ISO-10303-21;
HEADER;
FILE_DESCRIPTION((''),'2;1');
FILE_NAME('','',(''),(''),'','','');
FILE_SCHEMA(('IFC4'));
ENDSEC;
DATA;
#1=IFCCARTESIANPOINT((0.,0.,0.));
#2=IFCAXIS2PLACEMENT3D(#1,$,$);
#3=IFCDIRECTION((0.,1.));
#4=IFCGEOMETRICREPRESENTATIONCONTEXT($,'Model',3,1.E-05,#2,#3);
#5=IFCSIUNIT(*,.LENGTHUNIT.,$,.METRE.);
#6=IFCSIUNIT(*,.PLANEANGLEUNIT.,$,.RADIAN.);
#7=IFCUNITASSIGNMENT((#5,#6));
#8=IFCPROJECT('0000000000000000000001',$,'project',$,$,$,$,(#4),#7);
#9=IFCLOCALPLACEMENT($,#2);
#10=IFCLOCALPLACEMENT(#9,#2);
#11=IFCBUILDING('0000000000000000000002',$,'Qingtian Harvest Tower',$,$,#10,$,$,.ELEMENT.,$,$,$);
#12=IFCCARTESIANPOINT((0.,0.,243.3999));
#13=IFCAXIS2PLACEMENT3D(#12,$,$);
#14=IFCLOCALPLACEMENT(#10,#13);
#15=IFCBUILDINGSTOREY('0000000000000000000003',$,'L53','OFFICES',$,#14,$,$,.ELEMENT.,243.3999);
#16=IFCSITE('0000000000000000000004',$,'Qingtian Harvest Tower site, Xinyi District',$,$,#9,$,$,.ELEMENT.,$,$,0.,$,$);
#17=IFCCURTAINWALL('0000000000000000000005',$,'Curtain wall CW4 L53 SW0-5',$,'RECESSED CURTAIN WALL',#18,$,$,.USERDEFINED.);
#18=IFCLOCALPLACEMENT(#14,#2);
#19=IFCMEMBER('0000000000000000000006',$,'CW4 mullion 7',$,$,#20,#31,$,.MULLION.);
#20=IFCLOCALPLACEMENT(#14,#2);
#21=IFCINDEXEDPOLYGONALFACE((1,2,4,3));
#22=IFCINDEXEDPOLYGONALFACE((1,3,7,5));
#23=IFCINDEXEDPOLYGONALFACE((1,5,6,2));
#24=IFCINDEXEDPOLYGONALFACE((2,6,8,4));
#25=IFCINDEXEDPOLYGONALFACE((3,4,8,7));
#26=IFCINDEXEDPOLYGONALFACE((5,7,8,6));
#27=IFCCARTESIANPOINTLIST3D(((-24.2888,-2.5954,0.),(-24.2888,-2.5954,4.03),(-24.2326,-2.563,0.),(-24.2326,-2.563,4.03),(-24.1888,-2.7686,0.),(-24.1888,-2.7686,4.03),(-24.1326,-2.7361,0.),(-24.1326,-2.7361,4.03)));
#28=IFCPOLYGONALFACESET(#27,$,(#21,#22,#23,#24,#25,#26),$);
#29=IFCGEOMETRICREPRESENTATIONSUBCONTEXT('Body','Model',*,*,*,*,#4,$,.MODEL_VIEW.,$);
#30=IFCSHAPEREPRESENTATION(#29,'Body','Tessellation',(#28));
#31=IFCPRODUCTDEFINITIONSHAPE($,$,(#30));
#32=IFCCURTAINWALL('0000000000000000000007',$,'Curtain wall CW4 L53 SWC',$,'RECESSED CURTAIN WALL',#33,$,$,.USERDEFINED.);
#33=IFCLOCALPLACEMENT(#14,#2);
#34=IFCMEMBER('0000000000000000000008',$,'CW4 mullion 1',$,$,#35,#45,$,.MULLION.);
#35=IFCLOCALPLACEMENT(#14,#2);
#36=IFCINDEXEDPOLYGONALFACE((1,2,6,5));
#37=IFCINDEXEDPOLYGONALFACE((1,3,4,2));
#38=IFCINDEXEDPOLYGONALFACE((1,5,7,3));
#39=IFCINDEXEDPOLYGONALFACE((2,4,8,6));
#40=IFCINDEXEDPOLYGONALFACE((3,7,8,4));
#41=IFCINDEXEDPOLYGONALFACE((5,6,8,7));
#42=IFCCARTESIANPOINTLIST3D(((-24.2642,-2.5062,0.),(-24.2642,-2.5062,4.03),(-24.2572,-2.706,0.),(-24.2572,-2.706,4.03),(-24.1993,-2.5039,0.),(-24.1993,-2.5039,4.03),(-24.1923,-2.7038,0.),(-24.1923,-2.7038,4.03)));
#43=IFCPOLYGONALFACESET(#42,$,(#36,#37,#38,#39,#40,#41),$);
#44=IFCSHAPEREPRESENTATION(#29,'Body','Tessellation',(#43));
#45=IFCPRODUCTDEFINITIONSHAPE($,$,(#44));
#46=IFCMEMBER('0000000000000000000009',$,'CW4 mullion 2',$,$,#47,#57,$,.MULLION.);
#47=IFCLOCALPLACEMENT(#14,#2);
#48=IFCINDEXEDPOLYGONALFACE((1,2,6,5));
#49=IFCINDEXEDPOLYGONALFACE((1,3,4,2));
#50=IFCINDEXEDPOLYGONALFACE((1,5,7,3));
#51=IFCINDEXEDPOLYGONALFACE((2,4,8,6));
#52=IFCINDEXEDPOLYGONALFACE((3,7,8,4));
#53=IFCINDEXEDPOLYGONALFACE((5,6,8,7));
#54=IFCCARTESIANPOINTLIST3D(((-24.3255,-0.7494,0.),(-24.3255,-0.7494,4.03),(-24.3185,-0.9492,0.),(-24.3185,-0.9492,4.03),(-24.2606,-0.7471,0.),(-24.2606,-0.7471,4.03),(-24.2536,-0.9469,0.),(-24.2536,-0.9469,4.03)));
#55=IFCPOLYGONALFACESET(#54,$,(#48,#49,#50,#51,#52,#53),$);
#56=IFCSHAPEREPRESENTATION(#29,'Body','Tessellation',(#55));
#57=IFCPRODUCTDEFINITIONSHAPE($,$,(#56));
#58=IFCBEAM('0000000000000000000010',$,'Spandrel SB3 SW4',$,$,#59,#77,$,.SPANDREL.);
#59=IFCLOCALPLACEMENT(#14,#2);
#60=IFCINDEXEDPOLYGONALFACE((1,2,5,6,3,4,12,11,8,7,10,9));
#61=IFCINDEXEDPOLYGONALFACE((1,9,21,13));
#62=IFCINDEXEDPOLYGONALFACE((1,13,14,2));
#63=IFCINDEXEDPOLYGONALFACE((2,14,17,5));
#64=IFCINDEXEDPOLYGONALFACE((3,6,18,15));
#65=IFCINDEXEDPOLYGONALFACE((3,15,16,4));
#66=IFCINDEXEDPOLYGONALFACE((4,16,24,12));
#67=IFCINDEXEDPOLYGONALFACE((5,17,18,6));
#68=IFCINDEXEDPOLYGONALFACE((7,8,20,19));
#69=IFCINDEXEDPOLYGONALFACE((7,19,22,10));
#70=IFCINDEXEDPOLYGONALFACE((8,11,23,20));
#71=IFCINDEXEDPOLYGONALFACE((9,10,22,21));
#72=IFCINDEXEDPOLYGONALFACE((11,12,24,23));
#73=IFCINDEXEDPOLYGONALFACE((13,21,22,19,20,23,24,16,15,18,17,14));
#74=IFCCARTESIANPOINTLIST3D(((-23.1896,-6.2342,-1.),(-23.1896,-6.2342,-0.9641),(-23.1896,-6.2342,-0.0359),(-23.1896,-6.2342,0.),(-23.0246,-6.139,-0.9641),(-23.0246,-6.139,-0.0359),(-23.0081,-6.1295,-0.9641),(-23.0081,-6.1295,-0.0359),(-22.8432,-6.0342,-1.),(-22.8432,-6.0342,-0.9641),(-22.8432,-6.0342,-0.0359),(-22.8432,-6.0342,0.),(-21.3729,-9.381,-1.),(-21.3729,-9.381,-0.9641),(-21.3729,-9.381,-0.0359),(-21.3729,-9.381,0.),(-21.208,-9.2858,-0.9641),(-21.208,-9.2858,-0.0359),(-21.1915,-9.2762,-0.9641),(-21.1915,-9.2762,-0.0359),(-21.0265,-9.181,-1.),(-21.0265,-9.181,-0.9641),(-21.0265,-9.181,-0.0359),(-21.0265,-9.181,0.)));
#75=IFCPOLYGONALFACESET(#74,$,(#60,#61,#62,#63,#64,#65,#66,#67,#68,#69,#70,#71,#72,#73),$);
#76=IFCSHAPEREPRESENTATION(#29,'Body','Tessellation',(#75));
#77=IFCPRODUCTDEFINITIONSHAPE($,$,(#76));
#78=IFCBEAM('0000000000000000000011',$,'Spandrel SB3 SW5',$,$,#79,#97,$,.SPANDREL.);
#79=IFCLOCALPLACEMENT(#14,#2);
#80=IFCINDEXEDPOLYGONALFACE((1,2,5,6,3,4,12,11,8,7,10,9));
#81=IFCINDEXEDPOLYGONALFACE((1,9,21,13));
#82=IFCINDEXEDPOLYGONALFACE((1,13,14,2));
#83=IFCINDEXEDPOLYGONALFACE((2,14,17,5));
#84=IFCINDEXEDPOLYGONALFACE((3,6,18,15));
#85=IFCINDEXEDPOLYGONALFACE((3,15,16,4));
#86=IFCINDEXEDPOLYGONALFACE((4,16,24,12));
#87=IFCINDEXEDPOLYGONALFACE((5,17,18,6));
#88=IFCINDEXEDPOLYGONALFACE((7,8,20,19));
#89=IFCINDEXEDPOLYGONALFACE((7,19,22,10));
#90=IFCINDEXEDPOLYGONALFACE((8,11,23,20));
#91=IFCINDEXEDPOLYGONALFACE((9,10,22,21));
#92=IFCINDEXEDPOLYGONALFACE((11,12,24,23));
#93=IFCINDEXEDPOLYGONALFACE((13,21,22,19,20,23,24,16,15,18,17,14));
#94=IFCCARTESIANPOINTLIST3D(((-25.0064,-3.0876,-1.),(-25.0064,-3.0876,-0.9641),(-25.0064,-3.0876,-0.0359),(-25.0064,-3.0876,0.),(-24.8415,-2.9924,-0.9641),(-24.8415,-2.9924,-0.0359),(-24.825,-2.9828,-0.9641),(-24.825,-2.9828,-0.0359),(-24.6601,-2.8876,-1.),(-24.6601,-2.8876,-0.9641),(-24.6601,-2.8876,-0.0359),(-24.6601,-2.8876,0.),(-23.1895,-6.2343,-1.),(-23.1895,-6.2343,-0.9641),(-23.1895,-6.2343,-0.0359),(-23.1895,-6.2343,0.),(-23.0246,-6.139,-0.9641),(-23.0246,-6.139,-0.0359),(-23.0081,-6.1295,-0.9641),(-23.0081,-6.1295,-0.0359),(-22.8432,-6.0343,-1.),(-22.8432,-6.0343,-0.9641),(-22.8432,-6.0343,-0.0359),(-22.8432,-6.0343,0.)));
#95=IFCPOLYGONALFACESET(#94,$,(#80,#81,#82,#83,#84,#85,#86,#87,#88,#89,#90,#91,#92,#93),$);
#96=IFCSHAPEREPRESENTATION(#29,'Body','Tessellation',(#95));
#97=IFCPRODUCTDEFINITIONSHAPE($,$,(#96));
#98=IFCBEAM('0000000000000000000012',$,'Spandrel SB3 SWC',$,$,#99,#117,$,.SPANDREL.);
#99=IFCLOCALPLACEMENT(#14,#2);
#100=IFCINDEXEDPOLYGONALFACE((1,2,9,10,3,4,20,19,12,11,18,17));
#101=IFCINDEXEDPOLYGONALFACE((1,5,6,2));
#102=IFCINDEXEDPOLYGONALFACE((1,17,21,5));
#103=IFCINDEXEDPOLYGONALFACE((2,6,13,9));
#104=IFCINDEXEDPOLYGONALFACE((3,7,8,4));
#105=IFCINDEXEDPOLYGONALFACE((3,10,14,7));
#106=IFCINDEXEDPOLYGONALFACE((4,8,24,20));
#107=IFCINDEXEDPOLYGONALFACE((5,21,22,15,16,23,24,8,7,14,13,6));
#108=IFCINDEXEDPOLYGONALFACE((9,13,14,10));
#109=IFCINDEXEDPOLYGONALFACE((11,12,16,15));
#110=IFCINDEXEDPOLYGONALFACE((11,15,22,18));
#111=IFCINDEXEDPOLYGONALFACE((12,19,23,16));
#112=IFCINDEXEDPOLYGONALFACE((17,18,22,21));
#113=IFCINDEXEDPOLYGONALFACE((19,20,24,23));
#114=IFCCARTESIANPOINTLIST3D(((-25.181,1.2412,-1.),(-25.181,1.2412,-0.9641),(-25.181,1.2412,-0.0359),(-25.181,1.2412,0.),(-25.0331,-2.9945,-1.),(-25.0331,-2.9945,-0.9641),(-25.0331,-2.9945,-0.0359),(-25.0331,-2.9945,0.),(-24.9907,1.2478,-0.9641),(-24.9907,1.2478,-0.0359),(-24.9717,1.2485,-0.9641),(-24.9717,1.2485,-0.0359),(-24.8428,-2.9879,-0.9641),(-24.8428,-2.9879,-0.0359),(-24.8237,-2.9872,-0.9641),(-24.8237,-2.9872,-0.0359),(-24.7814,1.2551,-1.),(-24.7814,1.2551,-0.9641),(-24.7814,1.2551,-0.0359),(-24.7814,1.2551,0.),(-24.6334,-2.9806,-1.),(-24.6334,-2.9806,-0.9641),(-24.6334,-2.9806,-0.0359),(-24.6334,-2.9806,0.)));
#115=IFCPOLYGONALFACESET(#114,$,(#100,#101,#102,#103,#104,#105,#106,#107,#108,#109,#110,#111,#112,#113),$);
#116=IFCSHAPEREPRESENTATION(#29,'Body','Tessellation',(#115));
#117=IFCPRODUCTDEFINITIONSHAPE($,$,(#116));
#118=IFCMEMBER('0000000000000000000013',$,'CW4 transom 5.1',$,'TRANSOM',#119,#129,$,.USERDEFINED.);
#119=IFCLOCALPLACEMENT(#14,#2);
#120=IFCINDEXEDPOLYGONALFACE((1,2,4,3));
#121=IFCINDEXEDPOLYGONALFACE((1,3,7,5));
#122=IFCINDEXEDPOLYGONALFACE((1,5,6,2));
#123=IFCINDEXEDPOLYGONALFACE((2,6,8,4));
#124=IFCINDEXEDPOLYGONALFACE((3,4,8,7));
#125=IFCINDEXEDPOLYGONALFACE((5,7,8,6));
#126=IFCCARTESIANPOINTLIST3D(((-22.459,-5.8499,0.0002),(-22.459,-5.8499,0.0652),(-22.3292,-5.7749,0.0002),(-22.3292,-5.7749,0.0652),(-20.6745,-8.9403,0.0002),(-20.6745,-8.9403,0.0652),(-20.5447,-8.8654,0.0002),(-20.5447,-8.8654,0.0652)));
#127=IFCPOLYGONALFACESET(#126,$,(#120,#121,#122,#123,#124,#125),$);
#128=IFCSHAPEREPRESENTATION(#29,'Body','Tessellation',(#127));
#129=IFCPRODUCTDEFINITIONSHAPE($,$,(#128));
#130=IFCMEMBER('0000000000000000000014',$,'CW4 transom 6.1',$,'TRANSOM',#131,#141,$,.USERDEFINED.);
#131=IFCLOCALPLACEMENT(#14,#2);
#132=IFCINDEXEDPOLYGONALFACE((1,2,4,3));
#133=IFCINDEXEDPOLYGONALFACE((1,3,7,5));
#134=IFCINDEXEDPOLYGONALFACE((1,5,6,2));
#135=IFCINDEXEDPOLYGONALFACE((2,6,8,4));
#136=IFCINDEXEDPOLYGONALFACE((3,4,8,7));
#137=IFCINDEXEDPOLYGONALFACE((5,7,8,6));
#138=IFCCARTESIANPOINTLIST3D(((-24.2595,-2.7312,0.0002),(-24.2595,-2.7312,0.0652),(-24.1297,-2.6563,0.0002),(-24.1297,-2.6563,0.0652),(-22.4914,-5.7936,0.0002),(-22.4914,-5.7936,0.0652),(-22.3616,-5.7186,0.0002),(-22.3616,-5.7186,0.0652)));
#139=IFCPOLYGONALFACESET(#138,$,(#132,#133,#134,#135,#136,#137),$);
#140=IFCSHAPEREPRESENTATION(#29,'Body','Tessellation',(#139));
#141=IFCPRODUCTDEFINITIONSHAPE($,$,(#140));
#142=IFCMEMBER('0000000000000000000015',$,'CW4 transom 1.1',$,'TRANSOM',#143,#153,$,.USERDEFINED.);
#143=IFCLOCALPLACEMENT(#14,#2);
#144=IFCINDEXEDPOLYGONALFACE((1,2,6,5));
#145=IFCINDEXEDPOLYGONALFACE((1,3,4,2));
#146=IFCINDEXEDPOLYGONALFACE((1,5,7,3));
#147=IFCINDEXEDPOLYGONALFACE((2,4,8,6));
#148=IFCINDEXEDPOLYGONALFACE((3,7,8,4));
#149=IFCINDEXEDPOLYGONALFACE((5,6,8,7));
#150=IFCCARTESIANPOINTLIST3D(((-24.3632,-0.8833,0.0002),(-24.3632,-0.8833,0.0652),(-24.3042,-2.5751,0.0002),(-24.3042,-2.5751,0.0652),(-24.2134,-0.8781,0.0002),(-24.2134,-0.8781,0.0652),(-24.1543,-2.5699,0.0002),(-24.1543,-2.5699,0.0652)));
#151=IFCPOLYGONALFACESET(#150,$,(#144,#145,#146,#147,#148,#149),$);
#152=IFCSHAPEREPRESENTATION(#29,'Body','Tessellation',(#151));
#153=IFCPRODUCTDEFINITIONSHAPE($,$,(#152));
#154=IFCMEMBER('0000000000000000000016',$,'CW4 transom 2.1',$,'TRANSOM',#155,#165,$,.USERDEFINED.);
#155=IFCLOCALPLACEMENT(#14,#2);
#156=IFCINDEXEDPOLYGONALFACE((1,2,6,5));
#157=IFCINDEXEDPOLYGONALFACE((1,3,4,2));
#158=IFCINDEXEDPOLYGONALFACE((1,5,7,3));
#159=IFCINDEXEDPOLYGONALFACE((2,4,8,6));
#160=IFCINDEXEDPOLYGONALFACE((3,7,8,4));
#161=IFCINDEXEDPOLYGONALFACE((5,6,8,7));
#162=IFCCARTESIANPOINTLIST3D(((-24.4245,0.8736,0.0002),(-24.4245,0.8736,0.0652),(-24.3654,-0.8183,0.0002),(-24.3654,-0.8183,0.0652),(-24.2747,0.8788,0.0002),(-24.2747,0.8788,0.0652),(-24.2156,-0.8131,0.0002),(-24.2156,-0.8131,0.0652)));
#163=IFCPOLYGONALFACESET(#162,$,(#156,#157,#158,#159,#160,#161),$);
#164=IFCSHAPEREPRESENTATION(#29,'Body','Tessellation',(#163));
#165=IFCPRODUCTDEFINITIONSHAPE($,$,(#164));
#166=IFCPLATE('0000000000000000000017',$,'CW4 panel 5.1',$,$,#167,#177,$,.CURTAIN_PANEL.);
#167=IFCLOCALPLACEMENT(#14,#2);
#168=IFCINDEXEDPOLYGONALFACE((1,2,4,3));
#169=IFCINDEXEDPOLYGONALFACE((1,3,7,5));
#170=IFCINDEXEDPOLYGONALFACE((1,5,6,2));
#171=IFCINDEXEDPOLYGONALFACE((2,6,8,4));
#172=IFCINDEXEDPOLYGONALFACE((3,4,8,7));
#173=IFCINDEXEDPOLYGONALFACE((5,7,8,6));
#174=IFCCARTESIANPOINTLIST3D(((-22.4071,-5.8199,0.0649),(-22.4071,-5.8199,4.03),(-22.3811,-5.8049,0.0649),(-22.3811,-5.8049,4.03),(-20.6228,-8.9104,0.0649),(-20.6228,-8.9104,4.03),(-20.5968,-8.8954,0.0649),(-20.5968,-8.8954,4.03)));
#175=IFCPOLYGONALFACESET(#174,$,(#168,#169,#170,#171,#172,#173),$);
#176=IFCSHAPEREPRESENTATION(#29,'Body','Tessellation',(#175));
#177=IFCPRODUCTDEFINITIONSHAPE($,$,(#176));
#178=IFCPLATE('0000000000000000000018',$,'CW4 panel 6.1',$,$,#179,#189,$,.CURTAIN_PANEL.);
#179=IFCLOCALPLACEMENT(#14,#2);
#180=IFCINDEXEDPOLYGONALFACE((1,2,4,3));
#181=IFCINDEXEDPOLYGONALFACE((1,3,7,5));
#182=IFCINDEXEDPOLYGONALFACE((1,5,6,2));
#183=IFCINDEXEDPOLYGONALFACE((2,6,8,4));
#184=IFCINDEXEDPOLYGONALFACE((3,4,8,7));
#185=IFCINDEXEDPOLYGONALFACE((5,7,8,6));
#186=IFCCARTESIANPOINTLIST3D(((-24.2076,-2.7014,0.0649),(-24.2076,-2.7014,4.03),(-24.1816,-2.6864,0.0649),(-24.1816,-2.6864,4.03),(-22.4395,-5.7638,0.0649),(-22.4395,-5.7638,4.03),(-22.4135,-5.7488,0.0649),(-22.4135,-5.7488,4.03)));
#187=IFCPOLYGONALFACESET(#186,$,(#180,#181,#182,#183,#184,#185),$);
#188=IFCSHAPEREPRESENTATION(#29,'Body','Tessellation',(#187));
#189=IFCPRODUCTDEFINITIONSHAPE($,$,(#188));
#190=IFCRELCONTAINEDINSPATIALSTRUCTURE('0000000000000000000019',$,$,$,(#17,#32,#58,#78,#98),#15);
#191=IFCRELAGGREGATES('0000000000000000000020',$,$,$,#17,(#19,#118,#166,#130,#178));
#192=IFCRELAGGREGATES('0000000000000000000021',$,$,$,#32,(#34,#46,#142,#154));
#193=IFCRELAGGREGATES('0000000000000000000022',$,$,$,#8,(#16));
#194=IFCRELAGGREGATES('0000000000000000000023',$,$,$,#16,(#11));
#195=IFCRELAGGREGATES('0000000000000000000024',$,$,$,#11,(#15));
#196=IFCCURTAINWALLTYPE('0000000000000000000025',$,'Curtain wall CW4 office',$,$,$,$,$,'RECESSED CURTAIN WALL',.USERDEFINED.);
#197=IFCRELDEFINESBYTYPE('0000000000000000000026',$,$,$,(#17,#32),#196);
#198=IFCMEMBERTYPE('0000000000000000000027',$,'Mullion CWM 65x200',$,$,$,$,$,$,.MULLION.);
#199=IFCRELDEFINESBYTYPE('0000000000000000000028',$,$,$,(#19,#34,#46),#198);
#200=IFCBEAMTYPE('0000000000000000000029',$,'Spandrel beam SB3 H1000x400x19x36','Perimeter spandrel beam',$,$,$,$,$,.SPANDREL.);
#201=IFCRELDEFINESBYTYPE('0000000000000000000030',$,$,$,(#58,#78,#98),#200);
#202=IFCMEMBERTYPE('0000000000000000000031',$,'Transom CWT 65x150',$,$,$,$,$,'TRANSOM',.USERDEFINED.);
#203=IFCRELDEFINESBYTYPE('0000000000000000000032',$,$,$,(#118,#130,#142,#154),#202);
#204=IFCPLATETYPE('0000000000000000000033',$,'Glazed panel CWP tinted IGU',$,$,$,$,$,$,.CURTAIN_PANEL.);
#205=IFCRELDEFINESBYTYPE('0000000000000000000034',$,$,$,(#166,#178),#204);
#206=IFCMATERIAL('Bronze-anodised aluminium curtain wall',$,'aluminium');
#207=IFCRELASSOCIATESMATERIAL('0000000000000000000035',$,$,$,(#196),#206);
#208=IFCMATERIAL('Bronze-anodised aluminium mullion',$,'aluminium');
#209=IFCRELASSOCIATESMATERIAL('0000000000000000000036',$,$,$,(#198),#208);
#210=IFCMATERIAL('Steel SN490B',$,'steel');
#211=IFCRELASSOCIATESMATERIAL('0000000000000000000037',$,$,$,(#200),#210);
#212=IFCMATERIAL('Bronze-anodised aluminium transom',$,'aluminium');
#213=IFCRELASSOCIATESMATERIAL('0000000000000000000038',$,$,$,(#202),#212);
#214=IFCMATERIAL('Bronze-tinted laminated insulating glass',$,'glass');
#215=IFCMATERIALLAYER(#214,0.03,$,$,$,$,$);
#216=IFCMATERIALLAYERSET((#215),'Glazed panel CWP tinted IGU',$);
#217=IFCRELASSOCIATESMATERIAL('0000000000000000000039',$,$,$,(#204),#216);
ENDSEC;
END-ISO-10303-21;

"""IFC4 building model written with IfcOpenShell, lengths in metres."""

from ifc_helpers import new_model, si_unit, direction, frame, origin, origin_2d, place, context, subcontext, project, spatial, rectangle, i_section, extrude, material, layer, layer_set, material_profile, profile_set, type_object, element, aggregate, save


model = new_model("IFC4")

# Units and contexts
model_context = context("Model", 3, precision=1e-05, world=origin(), true_north=direction((0.0, 1.0)))
body_context = subcontext(model_context, "Body", "Model", "MODEL_VIEW")
ifc_project = project(units=[si_unit("LENGTHUNIT", "METRE"), si_unit("PLANEANGLEUNIT", "RADIAN")], contexts=[model_context])

# Site, building, storey
site_placement = place(None, origin())
site = spatial("IfcSite", under=ifc_project, at=site_placement, Name="Qingtian Harvest Tower site, Xinyi District", CompositionType="ELEMENT", RefElevation=0.0)
building_placement = place(site_placement, origin())
building = spatial("IfcBuilding", under=site, at=building_placement, Name="Qingtian Harvest Tower", CompositionType="ELEMENT")
storey_placement = place(building_placement, frame((0.0, 0.0, 243.3999)))
storey = spatial("IfcBuildingStorey", under=building, at=storey_placement, Name="L53", Description="OFFICES", CompositionType="ELEMENT", Elevation=243.3999)

# Curtain walls, members
ifc_material_1 = material(Name="Bronze-anodised aluminium curtain wall", Category="aluminium")
curtain_wall_type = type_object("IfcCurtainWallType", Name="Curtain wall CW4 office", ElementType="RECESSED CURTAIN WALL", PredefinedType="USERDEFINED", material=ifc_material_1)
curtain_wall_1_placement = place(storey_placement, origin())
curtain_wall_1 = element("IfcCurtainWall", 1, at=curtain_wall_1_placement, inside=storey, type_object=curtain_wall_type, Name="Curtain wall CW4 L53 SW0-5", ObjectType="RECESSED CURTAIN WALL", PredefinedType="USERDEFINED")
ifc_material_2 = material(Name="Bronze-anodised aluminium mullion", Category="aluminium")
ifc_material_profile_1 = material_profile(ifc_material_2, rectangle(XDim=0.0649, YDim=0.2, at=origin_2d()), Name="AL 65x200")
ifc_profile_set_1 = profile_set([ifc_material_profile_1], Name="Bronze-anodised aluminium mullion")
member_type_1 = type_object("IfcMemberType", Name="Mullion CWM 65x200", PredefinedType="MULLION", material=ifc_profile_set_1)
member_1_placement = place(storey_placement, frame((-24.2107, -2.6658, 0.0), z_axis=(0.0, 0.0, 1.0), x_axis=(-0.866025, -0.5, 0.0)))
member_1 = element("IfcMember", 2, at=member_1_placement, type_object=member_type_1, Name="CW4 mullion 7", PredefinedType="MULLION", context=body_context, shape_type="SweptSolid", body=[
    extrude(rectangle(XDim=0.0649, YDim=0.2, at=origin_2d()), origin(), (0.0, 0.0, 1.0), 4.03),
])
curtain_wall_2_placement = place(storey_placement, origin())
curtain_wall_2 = element("IfcCurtainWall", 3, at=curtain_wall_2_placement, inside=storey, type_object=curtain_wall_type, Name="Curtain wall CW4 L53 SWC", ObjectType="RECESSED CURTAIN WALL", PredefinedType="USERDEFINED")
member_2_placement = place(storey_placement, frame((-24.2283, -2.605, 0.0), z_axis=(0.0, 0.0, 1.0), x_axis=(-0.999391, -0.034899, 0.0)))
member_2 = element("IfcMember", 4, at=member_2_placement, type_object=member_type_1, Name="CW4 mullion 1", PredefinedType="MULLION", context=body_context, shape_type="SweptSolid", body=[
    extrude(rectangle(XDim=0.0649, YDim=0.2, at=origin_2d()), origin(), (0.0, 0.0, 1.0), 4.03),
])
member_3_placement = place(storey_placement, frame((-24.2896, -0.8481, 0.0), z_axis=(0.0, 0.0, 1.0), x_axis=(-0.999391, -0.034899, 0.0)))
member_3 = element("IfcMember", 5, at=member_3_placement, type_object=member_type_1, Name="CW4 mullion 2", PredefinedType="MULLION", context=body_context, shape_type="SweptSolid", body=[
    extrude(rectangle(XDim=0.0649, YDim=0.2, at=origin_2d()), origin(), (0.0, 0.0, 1.0), 4.03),
])

# Beams
ifc_material_3 = material(Name="Steel SN490B", Category="steel")
ifc_material_profile_2 = material_profile(ifc_material_3, i_section(OverallWidth=0.3999, OverallDepth=1.0, WebThickness=0.019, FlangeThickness=0.0359, at=origin_2d()), Name="H1000x400x19x36")
ifc_profile_set_2 = profile_set([ifc_material_profile_2], Name="Steel SN490B")
beam_type_1 = type_object("IfcBeamType", Name="Spandrel beam SB3 H1000x400x19x36", Description="Perimeter spandrel beam", PredefinedType="SPANDREL", material=ifc_profile_set_2)
for number, where, z_axis, x_axis, name in (
    (6, (-21.1997, -9.281, -0.5), (-0.499976, 0.866039, 0.0), (-0.866039, -0.499976, 0.0), "Spandrel SB3 SW4"),
    (7, (-23.0164, -6.1343, -0.5), (-0.500027, 0.86601, 0.0), (-0.86601, -0.500027, 0.0), "Spandrel SB3 SW5"),
):
    element("IfcBeam", number, at=place(storey_placement, frame(where, z_axis=z_axis, x_axis=x_axis)), inside=storey, type_object=beam_type_1, Name=name, PredefinedType="SPANDREL", context=body_context, shape_type="SweptSolid", body=[
        extrude(i_section(OverallWidth=0.3999, OverallDepth=1.0, WebThickness=0.019, FlangeThickness=0.0359, at=origin_2d()), origin(), (0.0, 0.0, 1.0), 3.6335),
    ])
beam_1_placement = place(storey_placement, frame((-24.8333, -2.9875, -0.5), z_axis=(-0.034909, 0.999391, 0.0), x_axis=(-0.999391, -0.034909, 0.0)))
element("IfcBeam", 8, at=beam_1_placement, inside=storey, type_object=beam_type_1, Name="Spandrel SB3 SWC", PredefinedType="SPANDREL", context=body_context, shape_type="SweptSolid", body=[
    extrude(i_section(OverallWidth=0.3999, OverallDepth=1.0, WebThickness=0.019, FlangeThickness=0.0359, at=origin_2d()), origin(), (0.0, 0.0, 1.0), 4.2383),
])

# Members
ifc_material_4 = material(Name="Bronze-anodised aluminium transom", Category="aluminium")
ifc_material_profile_3 = material_profile(ifc_material_4, rectangle(XDim=0.1499, YDim=0.0649, at=origin_2d()), Name="AL 65x150")
ifc_profile_set_3 = profile_set([ifc_material_profile_3], Name="Bronze-anodised aluminium transom")
member_type_2 = type_object("IfcMemberType", Name="Transom CWT 65x150", ElementType="TRANSOM", PredefinedType="USERDEFINED", material=ifc_profile_set_3)
member_4_placement = place(storey_placement, frame((-20.6096, -8.9028, 0.0327), z_axis=(-0.500046, 0.865999, 0.0), x_axis=(-0.865999, -0.500046, 0.0)))
member_4 = element("IfcMember", 9, at=member_4_placement, type_object=member_type_2, Name="CW4 transom 5.1", ObjectType="TRANSOM", PredefinedType="USERDEFINED", context=body_context, shape_type="SweptSolid", body=[
    extrude(rectangle(XDim=0.1499, YDim=0.0649, at=origin_2d()), origin(), (0.0, 0.0, 1.0), 3.5686),
])
member_5_placement = place(storey_placement, frame((-22.4265, -5.7561, 0.0327), z_axis=(-0.500015, 0.866017, 0.0), x_axis=(-0.866017, -0.500015, 0.0)))
member_5 = element("IfcMember", 10, at=member_5_placement, type_object=member_type_2, Name="CW4 transom 6.1", ObjectType="TRANSOM", PredefinedType="USERDEFINED", context=body_context, shape_type="SweptSolid", body=[
    extrude(rectangle(XDim=0.1499, YDim=0.0649, at=origin_2d()), origin(), (0.0, 0.0, 1.0), 3.5361),
])
member_6_placement = place(storey_placement, frame((-24.2292, -2.5725, 0.0327), z_axis=(-0.034899, 0.999391, 0.0), x_axis=(-0.999391, -0.034899, 0.0)))
member_6 = element("IfcMember", 11, at=member_6_placement, type_object=member_type_2, Name="CW4 transom 1.1", ObjectType="TRANSOM", PredefinedType="USERDEFINED", context=body_context, shape_type="SweptSolid", body=[
    extrude(rectangle(XDim=0.1499, YDim=0.0649, at=origin_2d()), origin(), (0.0, 0.0, 1.0), 1.6929),
])
member_7_placement = place(storey_placement, frame((-24.2905, -0.8157, 0.0327), z_axis=(-0.034899, 0.999391, 0.0), x_axis=(-0.999391, -0.034899, 0.0)))
member_7 = element("IfcMember", 12, at=member_7_placement, type_object=member_type_2, Name="CW4 transom 2.1", ObjectType="TRANSOM", PredefinedType="USERDEFINED", context=body_context, shape_type="SweptSolid", body=[
    extrude(rectangle(XDim=0.1499, YDim=0.0649, at=origin_2d()), origin(), (0.0, 0.0, 1.0), 1.6929),
])

# Plates
ifc_material_5 = material(Name="Bronze-tinted laminated insulating glass", Category="glass")
ifc_layer_1 = layer(ifc_material_5, 0.03)
ifc_layer_set_1 = layer_set([ifc_layer_1], Name="Glazed panel CWP tinted IGU")
plate_type = type_object("IfcPlateType", Name="Glazed panel CWP tinted IGU", PredefinedType="CURTAIN_PANEL", material=ifc_layer_set_1)
plate_1_placement = place(storey_placement, frame((-21.502, -7.3577, 0.0649), z_axis=(0.0, 0.0, 1.0), x_axis=(-0.5, 0.866025, 0.0)))
plate_1 = element("IfcPlate", 13, at=plate_1_placement, type_object=plate_type, Name="CW4 panel 5.1", PredefinedType="CURTAIN_PANEL", context=body_context, shape_type="SweptSolid", body=[
    extrude(rectangle(XDim=3.5686, YDim=0.03, at=origin_2d()), origin(), (0.0, 0.0, 1.0), 3.9651),
])
plate_2_placement = place(storey_placement, frame((-23.3105, -4.2251, 0.0649), z_axis=(0.0, 0.0, 1.0), x_axis=(-0.5, 0.866025, 0.0)))
plate_2 = element("IfcPlate", 14, at=plate_2_placement, type_object=plate_type, Name="CW4 panel 6.1", PredefinedType="CURTAIN_PANEL", context=body_context, shape_type="SweptSolid", body=[
    extrude(rectangle(XDim=3.5361, YDim=0.03, at=origin_2d()), origin(), (0.0, 0.0, 1.0), 3.9651),
])
aggregate(curtain_wall_1, [member_1, member_4, plate_1, member_5, plate_2])
aggregate(curtain_wall_2, [member_2, member_3, member_6, member_7])

save(model, "model.ifc")
